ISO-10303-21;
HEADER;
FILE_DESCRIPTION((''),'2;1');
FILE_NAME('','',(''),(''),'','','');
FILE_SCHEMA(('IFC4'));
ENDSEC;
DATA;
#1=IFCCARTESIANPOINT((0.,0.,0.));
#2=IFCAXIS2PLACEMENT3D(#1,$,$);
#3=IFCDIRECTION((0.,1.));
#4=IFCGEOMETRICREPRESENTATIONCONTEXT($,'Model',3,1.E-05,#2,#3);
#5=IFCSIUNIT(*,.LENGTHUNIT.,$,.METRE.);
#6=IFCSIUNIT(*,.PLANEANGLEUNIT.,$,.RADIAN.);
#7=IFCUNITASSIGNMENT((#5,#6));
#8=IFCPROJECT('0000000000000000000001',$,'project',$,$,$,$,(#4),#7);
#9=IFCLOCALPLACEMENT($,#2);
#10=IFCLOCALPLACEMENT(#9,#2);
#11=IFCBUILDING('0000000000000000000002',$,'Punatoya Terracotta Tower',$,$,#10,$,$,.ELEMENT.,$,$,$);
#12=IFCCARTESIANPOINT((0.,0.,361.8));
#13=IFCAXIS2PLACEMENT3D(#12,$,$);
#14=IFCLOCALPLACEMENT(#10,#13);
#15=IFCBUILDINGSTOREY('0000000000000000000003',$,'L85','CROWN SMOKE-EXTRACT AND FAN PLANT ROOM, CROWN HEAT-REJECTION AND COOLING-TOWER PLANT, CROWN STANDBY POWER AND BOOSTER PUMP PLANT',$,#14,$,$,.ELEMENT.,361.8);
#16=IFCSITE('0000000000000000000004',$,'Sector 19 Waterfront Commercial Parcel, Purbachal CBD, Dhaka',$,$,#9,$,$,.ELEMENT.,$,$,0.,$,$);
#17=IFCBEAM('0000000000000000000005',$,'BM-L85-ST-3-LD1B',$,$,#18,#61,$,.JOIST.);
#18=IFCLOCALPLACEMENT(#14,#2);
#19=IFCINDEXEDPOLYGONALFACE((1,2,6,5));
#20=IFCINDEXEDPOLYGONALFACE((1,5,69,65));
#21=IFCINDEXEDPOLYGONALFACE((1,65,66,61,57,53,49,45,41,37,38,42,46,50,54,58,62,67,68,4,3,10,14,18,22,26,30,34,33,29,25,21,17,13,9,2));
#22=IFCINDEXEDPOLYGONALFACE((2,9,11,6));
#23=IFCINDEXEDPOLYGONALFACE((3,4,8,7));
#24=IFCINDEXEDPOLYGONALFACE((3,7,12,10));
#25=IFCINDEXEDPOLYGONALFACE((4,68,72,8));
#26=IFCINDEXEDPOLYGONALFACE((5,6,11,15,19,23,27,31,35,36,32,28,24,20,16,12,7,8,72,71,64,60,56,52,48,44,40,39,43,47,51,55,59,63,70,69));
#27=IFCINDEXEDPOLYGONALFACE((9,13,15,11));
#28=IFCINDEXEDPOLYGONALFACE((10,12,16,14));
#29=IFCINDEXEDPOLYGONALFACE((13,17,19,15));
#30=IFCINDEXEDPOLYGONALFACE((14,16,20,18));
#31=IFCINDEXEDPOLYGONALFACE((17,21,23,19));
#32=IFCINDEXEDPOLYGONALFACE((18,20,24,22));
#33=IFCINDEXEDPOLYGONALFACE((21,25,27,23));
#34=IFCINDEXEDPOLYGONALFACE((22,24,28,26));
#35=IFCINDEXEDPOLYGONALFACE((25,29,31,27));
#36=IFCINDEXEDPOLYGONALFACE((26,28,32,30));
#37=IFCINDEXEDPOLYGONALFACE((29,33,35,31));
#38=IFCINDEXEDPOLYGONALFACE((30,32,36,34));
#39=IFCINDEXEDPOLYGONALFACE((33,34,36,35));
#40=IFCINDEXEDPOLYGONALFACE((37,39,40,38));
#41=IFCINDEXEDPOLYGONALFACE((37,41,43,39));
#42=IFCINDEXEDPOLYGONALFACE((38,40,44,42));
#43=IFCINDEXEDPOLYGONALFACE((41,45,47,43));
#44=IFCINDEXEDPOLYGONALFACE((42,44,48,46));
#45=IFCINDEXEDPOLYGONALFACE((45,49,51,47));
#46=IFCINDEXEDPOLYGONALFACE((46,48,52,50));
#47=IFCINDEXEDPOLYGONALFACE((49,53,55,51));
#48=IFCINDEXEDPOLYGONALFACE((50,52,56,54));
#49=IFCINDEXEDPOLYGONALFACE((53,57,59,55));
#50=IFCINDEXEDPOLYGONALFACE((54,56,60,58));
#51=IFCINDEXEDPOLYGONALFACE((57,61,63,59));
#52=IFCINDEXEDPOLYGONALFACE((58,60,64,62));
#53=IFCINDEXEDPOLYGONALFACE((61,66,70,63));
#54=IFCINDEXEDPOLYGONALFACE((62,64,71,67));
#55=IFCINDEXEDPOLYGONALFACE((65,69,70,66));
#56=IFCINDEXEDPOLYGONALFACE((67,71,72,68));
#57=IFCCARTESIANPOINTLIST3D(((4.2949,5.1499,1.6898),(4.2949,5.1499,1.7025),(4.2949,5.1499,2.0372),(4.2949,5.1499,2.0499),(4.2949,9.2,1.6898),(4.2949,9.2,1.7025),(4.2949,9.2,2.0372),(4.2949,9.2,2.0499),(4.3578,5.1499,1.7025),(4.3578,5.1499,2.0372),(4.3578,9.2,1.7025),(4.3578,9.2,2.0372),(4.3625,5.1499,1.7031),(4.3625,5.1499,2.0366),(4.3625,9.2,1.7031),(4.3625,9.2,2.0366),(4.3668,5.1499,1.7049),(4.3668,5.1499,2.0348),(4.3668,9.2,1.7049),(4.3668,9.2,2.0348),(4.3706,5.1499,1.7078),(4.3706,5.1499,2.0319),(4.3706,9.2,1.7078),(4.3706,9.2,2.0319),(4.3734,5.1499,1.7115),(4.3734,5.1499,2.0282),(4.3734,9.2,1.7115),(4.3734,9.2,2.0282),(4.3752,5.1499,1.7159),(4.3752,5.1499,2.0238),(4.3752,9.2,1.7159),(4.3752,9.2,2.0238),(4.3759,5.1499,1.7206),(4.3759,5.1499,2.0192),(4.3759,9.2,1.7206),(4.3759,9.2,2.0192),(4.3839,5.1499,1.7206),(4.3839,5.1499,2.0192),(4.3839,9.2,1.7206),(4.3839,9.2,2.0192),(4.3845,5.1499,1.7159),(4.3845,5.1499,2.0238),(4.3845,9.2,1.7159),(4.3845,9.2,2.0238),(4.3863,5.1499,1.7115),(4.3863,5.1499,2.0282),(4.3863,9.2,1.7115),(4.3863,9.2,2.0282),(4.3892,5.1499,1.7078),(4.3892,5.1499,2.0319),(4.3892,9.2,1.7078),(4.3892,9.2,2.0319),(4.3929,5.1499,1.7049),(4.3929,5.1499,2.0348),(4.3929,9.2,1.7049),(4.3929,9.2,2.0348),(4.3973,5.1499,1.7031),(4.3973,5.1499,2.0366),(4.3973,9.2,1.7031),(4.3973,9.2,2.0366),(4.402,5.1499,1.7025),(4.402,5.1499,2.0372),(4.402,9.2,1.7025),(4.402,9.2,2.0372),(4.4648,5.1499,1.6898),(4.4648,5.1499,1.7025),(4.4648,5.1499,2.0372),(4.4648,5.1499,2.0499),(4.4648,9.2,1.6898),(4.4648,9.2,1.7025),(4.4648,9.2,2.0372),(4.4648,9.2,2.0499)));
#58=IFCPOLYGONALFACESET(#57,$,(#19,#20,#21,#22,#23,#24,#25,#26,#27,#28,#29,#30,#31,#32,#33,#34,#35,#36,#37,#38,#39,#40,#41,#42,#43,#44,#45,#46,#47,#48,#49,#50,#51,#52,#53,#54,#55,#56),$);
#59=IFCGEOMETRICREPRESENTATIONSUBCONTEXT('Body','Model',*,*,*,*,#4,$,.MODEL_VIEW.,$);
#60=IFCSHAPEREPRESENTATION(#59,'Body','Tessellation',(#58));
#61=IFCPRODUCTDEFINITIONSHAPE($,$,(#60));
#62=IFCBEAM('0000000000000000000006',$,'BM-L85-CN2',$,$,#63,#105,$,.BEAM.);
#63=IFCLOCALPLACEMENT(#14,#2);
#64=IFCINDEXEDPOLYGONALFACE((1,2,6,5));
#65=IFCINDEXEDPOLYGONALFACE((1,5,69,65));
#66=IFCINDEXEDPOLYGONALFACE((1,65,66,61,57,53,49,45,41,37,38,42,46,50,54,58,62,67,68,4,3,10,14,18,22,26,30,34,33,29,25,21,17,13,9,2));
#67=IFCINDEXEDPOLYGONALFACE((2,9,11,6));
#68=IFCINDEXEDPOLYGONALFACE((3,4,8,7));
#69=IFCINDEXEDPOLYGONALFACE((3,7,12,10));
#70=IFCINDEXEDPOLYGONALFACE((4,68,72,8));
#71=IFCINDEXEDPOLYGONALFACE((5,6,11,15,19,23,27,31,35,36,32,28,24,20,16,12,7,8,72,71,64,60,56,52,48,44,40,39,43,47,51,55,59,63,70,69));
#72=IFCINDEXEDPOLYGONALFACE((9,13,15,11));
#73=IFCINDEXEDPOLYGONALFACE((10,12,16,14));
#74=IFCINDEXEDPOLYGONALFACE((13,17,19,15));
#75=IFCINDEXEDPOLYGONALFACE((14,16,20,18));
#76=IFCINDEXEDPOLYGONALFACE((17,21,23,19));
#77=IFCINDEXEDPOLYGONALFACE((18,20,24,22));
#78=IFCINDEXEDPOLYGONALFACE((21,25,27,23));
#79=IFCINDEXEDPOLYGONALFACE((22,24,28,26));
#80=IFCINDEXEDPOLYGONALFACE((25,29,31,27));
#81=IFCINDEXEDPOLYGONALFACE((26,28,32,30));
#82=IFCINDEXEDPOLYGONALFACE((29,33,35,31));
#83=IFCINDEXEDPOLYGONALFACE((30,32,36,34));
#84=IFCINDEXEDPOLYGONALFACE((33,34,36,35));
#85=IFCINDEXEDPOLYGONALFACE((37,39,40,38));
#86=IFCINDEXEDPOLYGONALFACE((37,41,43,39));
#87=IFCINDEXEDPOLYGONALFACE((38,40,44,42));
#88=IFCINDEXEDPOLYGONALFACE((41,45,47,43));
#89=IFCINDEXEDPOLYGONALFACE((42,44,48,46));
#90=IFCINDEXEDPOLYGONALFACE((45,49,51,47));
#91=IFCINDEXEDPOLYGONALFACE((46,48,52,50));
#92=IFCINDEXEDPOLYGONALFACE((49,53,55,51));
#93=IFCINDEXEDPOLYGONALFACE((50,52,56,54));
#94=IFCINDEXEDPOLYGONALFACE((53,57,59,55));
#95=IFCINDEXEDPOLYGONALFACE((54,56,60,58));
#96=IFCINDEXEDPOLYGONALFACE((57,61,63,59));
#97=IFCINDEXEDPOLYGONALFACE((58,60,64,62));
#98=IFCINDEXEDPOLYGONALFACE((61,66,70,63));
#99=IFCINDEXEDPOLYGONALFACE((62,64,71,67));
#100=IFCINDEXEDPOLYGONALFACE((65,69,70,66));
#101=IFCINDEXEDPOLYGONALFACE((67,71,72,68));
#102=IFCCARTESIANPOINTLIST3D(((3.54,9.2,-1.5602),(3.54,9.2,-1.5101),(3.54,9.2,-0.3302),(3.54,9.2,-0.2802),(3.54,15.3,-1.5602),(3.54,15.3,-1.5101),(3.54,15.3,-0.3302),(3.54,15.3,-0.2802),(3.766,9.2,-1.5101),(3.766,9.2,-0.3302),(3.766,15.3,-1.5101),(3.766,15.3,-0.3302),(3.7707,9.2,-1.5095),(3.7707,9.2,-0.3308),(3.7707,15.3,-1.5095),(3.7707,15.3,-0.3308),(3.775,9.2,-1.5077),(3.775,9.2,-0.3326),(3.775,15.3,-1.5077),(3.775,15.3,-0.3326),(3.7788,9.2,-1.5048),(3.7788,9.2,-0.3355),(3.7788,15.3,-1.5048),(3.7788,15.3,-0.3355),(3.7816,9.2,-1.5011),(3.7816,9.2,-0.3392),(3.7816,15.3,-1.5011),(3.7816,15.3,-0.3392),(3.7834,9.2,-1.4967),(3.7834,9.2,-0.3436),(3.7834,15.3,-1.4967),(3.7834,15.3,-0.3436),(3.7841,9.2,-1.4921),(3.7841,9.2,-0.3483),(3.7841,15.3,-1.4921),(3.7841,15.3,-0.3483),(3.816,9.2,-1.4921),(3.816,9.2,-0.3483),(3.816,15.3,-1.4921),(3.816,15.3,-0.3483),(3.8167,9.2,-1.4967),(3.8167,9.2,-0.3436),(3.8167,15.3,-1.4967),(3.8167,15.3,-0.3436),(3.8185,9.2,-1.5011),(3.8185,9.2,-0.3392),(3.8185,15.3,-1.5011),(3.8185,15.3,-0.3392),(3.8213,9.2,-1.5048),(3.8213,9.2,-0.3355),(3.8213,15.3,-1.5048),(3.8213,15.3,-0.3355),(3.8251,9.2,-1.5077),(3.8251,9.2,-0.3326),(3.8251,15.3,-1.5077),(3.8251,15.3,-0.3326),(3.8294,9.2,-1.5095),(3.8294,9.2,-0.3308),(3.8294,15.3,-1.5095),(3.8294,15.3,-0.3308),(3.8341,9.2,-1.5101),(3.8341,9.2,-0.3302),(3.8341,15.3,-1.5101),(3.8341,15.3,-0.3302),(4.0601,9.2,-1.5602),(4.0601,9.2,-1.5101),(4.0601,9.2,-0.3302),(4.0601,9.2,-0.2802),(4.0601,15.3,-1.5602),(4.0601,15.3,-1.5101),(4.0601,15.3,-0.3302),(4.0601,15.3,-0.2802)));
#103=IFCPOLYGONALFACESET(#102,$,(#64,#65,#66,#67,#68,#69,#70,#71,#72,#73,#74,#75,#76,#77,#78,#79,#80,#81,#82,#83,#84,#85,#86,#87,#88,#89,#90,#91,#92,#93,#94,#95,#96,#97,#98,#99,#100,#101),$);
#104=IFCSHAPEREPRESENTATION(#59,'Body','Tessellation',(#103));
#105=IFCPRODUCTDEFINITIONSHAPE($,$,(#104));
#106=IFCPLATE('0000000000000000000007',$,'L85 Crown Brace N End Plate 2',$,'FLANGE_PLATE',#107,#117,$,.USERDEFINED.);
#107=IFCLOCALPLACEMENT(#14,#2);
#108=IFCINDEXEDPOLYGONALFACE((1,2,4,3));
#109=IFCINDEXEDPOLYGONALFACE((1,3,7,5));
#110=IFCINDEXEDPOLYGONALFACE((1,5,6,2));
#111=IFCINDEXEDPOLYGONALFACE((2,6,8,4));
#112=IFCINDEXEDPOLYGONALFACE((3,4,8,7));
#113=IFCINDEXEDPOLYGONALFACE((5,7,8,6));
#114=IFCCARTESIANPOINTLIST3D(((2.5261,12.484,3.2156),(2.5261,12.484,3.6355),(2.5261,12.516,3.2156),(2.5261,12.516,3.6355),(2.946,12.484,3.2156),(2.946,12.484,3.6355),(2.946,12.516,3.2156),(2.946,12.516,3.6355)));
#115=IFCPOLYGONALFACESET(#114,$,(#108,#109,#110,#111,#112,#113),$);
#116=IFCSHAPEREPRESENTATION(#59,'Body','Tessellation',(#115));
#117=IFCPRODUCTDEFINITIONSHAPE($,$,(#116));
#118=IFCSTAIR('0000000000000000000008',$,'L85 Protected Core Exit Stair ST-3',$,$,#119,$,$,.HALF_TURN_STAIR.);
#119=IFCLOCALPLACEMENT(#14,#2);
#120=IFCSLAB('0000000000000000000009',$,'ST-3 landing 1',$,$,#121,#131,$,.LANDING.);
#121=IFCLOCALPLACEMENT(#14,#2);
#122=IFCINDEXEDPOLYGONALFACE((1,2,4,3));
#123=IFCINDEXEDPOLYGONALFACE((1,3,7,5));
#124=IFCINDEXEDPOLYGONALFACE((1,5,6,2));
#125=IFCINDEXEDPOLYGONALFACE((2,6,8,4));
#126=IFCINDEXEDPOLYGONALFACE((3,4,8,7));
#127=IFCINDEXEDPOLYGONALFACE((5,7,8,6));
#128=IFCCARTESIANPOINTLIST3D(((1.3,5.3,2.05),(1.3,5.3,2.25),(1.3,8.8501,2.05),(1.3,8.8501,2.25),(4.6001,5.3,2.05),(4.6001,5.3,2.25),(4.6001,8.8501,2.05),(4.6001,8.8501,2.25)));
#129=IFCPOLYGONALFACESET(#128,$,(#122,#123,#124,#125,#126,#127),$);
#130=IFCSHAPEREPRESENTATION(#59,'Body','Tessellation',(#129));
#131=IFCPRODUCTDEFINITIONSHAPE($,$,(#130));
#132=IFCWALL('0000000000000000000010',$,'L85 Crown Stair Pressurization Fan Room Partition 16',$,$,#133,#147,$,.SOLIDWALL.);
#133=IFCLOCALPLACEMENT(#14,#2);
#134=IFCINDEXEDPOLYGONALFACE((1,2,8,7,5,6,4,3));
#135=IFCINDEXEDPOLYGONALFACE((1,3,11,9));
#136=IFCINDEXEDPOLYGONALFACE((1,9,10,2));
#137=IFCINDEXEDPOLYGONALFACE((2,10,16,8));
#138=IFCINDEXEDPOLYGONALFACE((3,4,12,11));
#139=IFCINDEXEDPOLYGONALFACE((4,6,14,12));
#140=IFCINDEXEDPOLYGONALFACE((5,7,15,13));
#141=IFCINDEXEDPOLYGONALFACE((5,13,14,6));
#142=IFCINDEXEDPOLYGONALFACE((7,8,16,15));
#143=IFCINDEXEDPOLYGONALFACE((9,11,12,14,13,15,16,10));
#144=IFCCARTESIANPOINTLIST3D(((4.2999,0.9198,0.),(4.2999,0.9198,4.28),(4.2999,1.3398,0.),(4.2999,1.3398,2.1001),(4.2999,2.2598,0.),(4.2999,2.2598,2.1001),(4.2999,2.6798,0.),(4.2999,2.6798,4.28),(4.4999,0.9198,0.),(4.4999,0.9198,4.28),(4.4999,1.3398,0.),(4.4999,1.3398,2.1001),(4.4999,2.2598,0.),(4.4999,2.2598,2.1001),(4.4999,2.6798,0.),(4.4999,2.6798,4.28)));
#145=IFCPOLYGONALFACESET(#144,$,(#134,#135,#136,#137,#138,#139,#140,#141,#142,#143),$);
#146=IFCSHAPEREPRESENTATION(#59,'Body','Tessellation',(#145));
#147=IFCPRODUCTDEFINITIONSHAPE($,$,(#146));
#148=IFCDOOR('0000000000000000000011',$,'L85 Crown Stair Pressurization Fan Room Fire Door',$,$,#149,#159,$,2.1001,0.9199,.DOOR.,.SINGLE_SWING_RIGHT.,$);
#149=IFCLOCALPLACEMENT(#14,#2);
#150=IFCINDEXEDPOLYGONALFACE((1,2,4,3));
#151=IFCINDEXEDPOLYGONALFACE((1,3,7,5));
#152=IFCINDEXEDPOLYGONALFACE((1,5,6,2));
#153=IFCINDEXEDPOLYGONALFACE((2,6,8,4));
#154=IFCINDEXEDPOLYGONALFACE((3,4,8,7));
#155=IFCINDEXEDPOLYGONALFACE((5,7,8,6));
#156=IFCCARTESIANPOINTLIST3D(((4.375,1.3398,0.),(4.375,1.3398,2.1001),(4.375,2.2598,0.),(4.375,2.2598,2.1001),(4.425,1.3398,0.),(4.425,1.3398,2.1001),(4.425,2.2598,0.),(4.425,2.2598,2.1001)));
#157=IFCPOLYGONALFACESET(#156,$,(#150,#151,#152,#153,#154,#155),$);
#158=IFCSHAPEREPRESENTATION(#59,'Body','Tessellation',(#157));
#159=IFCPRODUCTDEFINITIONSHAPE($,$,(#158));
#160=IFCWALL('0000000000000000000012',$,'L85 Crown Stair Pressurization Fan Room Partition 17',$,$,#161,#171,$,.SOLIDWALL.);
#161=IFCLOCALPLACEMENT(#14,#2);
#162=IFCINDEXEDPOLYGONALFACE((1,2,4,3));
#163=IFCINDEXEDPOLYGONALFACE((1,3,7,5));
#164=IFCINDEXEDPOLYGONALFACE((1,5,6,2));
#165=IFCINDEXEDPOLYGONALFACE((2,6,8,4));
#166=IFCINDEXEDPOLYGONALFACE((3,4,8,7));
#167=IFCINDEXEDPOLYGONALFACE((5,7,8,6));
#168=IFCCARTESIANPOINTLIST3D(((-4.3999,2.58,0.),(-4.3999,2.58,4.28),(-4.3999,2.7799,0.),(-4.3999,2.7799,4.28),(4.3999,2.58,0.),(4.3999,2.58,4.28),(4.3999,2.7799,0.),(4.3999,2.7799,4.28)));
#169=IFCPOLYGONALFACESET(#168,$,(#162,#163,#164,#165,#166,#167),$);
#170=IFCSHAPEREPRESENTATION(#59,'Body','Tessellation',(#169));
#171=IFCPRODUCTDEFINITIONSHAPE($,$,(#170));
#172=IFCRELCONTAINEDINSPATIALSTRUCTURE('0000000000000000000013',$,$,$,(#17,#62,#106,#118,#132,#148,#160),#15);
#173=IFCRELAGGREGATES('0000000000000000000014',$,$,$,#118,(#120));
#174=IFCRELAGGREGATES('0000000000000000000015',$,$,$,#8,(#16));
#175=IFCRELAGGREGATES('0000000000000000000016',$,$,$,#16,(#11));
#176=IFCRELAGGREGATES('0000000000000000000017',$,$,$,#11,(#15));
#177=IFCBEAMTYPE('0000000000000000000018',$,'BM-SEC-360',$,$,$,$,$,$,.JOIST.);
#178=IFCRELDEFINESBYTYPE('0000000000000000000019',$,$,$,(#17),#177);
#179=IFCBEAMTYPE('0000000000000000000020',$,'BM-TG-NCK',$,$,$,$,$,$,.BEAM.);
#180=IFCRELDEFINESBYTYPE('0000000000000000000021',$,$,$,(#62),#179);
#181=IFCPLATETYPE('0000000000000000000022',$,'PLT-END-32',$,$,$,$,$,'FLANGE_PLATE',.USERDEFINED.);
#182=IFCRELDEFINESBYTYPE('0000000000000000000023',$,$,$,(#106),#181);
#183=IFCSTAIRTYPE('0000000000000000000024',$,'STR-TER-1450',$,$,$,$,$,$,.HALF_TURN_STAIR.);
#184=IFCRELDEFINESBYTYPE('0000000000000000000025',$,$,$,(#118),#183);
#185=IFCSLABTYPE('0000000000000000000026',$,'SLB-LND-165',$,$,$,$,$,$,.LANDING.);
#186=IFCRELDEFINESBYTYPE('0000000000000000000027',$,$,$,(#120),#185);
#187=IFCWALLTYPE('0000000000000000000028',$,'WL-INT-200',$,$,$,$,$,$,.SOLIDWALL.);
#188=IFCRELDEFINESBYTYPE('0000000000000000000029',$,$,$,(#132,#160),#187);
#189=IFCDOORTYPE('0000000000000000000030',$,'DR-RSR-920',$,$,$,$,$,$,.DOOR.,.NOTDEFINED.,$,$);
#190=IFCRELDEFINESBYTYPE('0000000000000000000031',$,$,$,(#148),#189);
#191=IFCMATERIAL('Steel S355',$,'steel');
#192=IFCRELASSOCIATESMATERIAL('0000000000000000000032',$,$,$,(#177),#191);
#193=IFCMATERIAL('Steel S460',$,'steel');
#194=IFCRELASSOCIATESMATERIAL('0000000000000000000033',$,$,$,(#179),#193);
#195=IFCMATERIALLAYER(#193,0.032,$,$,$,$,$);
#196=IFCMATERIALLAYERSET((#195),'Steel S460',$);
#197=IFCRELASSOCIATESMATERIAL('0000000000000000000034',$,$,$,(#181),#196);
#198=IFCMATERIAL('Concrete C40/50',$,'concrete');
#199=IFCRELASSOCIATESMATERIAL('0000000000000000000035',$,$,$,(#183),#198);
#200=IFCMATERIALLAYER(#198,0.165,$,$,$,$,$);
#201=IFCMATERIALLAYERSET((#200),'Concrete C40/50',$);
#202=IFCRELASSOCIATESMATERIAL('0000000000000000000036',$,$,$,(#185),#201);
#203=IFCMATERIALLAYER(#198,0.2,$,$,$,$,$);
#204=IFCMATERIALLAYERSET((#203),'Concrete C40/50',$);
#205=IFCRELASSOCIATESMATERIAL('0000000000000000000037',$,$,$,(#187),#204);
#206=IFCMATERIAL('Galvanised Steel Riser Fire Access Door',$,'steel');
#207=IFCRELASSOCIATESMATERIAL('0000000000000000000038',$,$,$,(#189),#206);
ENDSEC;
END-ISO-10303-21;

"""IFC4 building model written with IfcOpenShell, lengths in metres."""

from ifc_helpers import new_model, si_unit, direction, frame, frame_2d, origin, origin_2d, place, context, subcontext, project, spatial, polyline, rectangle, i_section, outline, extrude, material, layer, layer_set, material_profile, profile_set, type_object, element, fill, aggregate, save


model = new_model("IFC4")

# Units and contexts
model_context = context("Model", 3, precision=1e-05, world=origin(), true_north=direction((0.0, 1.0)))
body_context = subcontext(model_context, "Body", "Model", "MODEL_VIEW")
ifc_project = project(units=[si_unit("LENGTHUNIT", "METRE"), si_unit("PLANEANGLEUNIT", "RADIAN")], contexts=[model_context])

# Site, building, storey
site_placement = place(None, origin())
site = spatial("IfcSite", under=ifc_project, at=site_placement, Name="Sector 19 Waterfront Commercial Parcel, Purbachal CBD, Dhaka", CompositionType="ELEMENT", RefElevation=0.0)
building_placement = place(site_placement, origin())
building = spatial("IfcBuilding", under=site, at=building_placement, Name="Punatoya Terracotta Tower", CompositionType="ELEMENT")
storey_placement = place(building_placement, frame((0.0, 0.0, 361.8)))
storey = spatial("IfcBuildingStorey", under=building, at=storey_placement, Name="L85", Description="CROWN SMOKE-EXTRACT AND FAN PLANT ROOM, CROWN HEAT-REJECTION AND COOLING-TOWER PLANT, CROWN STANDBY POWER AND BOOSTER PUMP PLANT", CompositionType="ELEMENT", Elevation=361.8)

# Shared definitions
ifc_material_1 = material(Name="Steel S355", Category="steel")

# Beams
ifc_material_profile_1 = material_profile(ifc_material_1, i_section(OverallWidth=0.1699, OverallDepth=0.3601, WebThickness=0.0081, FlangeThickness=0.0127, FilletRadius=0.0181, at=origin_2d()))
ifc_profile_set_1 = profile_set([ifc_material_profile_1], Name="Steel S355")
beam_type_1 = type_object("IfcBeamType", Name="BM-SEC-360", PredefinedType="JOIST", material=ifc_profile_set_1)
for number, where, z_axis, x_axis, name in (
    (1, (4.3799, 5.1499, 1.8699), (0.0, 1.0, 0.0), (-1.0, 0.0, 0.0), "BM-L85-ST-3-LD1B"),
):
    element("IfcBeam", number, at=place(storey_placement, frame(where, z_axis=z_axis, x_axis=x_axis)), inside=storey, type_object=beam_type_1, Name=name, PredefinedType="JOIST", context=body_context, shape_type="SweptSolid", body=[
        extrude(i_section(OverallWidth=0.1699, OverallDepth=0.3601, WebThickness=0.0081, FlangeThickness=0.0127, FilletRadius=0.0181, at=origin_2d()), origin(), (0.0, 0.0, 1.0), 4.05),
    ])
ifc_material_2 = material(Name="Steel S460", Category="steel")
ifc_material_profile_2 = material_profile(ifc_material_2, i_section(OverallWidth=0.52, OverallDepth=1.28, WebThickness=0.032, FlangeThickness=0.05, FilletRadius=0.0181, at=origin_2d()))
ifc_profile_set_2 = profile_set([ifc_material_profile_2], Name="Steel S460")
beam_type_2 = type_object("IfcBeamType", Name="BM-TG-NCK", PredefinedType="BEAM", material=ifc_profile_set_2)
beam_placement = place(storey_placement, frame((3.8, 9.2, -0.9202), z_axis=(0.0, 1.0, 0.0), x_axis=(-1.0, 0.0, 0.0)))
element("IfcBeam", 2, at=beam_placement, inside=storey, type_object=beam_type_2, Name="BM-L85-CN2", PredefinedType="BEAM", context=body_context, shape_type="SweptSolid", body=[
    extrude(i_section(OverallWidth=0.52, OverallDepth=1.28, WebThickness=0.032, FlangeThickness=0.05, FilletRadius=0.0181, at=origin_2d()), origin(), (0.0, 0.0, 1.0), 6.1001),
])

# Plate
ifc_layer_1 = layer(ifc_material_2, 0.032)
ifc_layer_set_1 = layer_set([ifc_layer_1], Name="Steel S460")
plate_type = type_object("IfcPlateType", Name="PLT-END-32", ElementType="FLANGE_PLATE", PredefinedType="USERDEFINED", material=ifc_layer_set_1)
plate_placement = place(storey_placement, frame((2.7361, 12.5, 3.2156), z_axis=(0.0, 0.0, 1.0), x_axis=(1.0, 0.0, 0.0)))
element("IfcPlate", 3, at=plate_placement, inside=storey, type_object=plate_type, Name="L85 Crown Brace N End Plate 2", ObjectType="FLANGE_PLATE", PredefinedType="USERDEFINED", context=body_context, shape_type="SweptSolid", body=[
    extrude(rectangle(XDim=0.4199, YDim=0.032, at=origin_2d()), origin(), (0.0, 0.0, 1.0), 0.4199),
])

# Stair, slab
ifc_material_3 = material(Name="Concrete C40/50", Category="concrete")
stair_type_1 = type_object("IfcStairType", Name="STR-TER-1450", PredefinedType="HALF_TURN_STAIR", material=ifc_material_3)
stair_1_placement = place(storey_placement, origin())
stair_1 = element("IfcStair", 4, at=stair_1_placement, inside=storey, type_object=stair_type_1, Name="L85 Protected Core Exit Stair ST-3", PredefinedType="HALF_TURN_STAIR")
ifc_layer_2 = layer(ifc_material_3, 0.165)
ifc_layer_set_2 = layer_set([ifc_layer_2], Name="Concrete C40/50")
slab_type = type_object("IfcSlabType", Name="SLB-LND-165", PredefinedType="LANDING", material=ifc_layer_set_2)
slab_placement = place(storey_placement, frame((0.0, 0.0, 2.05)))
slab = element("IfcSlab", 5, at=slab_placement, type_object=slab_type, Name="ST-3 landing 1", PredefinedType="LANDING", context=body_context, shape_type="SweptSolid", body=[
    extrude(outline(polyline([(1.3, 5.3), (4.6001, 5.3), (4.6001, 8.8501), (1.3, 8.8501), (1.3, 5.3)])), origin(), (0.0, 0.0, 1.0), 0.2),
])

# Wall, opening, door
ifc_layer_3 = layer(ifc_material_3, 0.2)
ifc_layer_set_3 = layer_set([ifc_layer_3], Name="Concrete C40/50")
wall_type_1 = type_object("IfcWallType", Name="WL-INT-200", PredefinedType="SOLIDWALL", material=ifc_layer_set_3)
wall_1_placement = place(storey_placement, frame((4.3999, 0.9199, 0.0), z_axis=(0.0, 0.0, 1.0), x_axis=(0.0, 1.0, 0.0)))
wall_1 = element("IfcWall", 6, at=wall_1_placement, inside=storey, type_object=wall_type_1, Name="L85 Crown Stair Pressurization Fan Room Partition 16", PredefinedType="SOLIDWALL", context=body_context, shape_type="SweptSolid", body=[
    extrude(rectangle(XDim=1.76, YDim=0.2, at=frame_2d((0.8799, 0.0))), origin(), (0.0, 0.0, 1.0), 4.28),
])
opening_1_placement = place(wall_1_placement, frame((0.4199, 0.0, 0.0)))
opening_1 = element("IfcOpeningElement", 7, at=opening_1_placement, cuts=wall_1, PredefinedType="OPENING", context=body_context, shape_type="SweptSolid", body=[
    extrude(rectangle(XDim=0.9199, YDim=2.1001, at=frame_2d((0.46, 1.05))), frame((0.0, 0.1099, 0.0), z_axis=(0.0, -1.0, 0.0), x_axis=(1.0, 0.0, 0.0)), (0.0, 0.0, 1.0), 0.22),
])
ifc_material_4 = material(Name="Galvanised Steel Riser Fire Access Door", Category="steel")
door_type = type_object("IfcDoorType", Name="DR-RSR-920", OperationType="NOTDEFINED", PredefinedType="DOOR", material=ifc_material_4)
door_1_placement = place(opening_1_placement, origin())
door_1 = element("IfcDoor", 8, at=door_1_placement, inside=storey, type_object=door_type, Name="L85 Crown Stair Pressurization Fan Room Fire Door", OperationType="SINGLE_SWING_RIGHT", OverallHeight=2.1001, OverallWidth=0.9199, PredefinedType="DOOR", context=body_context, shape_type="SweptSolid", body=[
    extrude(rectangle(XDim=0.9199, YDim=2.1001, at=frame_2d((0.46, 1.05))), frame((0.0, 0.0249, 0.0), z_axis=(0.0, -1.0, 0.0), x_axis=(1.0, 0.0, 0.0)), (0.0, 0.0, 1.0), 0.05),
])
fill(opening_1, door_1)

# Wall
wall_2_placement = place(storey_placement, frame((4.3999, 2.6799, 0.0), z_axis=(0.0, 0.0, 1.0), x_axis=(-1.0, 0.0, 0.0)))
element("IfcWall", 9, at=wall_2_placement, inside=storey, type_object=wall_type_1, Name="L85 Crown Stair Pressurization Fan Room Partition 17", PredefinedType="SOLIDWALL", context=body_context, shape_type="SweptSolid", body=[
    extrude(rectangle(XDim=8.7998, YDim=0.2, at=frame_2d((4.3999, 0.0))), origin(), (0.0, 0.0, 1.0), 4.28),
])

aggregate(stair_1, [slab])

save(model, "model.ifc")
